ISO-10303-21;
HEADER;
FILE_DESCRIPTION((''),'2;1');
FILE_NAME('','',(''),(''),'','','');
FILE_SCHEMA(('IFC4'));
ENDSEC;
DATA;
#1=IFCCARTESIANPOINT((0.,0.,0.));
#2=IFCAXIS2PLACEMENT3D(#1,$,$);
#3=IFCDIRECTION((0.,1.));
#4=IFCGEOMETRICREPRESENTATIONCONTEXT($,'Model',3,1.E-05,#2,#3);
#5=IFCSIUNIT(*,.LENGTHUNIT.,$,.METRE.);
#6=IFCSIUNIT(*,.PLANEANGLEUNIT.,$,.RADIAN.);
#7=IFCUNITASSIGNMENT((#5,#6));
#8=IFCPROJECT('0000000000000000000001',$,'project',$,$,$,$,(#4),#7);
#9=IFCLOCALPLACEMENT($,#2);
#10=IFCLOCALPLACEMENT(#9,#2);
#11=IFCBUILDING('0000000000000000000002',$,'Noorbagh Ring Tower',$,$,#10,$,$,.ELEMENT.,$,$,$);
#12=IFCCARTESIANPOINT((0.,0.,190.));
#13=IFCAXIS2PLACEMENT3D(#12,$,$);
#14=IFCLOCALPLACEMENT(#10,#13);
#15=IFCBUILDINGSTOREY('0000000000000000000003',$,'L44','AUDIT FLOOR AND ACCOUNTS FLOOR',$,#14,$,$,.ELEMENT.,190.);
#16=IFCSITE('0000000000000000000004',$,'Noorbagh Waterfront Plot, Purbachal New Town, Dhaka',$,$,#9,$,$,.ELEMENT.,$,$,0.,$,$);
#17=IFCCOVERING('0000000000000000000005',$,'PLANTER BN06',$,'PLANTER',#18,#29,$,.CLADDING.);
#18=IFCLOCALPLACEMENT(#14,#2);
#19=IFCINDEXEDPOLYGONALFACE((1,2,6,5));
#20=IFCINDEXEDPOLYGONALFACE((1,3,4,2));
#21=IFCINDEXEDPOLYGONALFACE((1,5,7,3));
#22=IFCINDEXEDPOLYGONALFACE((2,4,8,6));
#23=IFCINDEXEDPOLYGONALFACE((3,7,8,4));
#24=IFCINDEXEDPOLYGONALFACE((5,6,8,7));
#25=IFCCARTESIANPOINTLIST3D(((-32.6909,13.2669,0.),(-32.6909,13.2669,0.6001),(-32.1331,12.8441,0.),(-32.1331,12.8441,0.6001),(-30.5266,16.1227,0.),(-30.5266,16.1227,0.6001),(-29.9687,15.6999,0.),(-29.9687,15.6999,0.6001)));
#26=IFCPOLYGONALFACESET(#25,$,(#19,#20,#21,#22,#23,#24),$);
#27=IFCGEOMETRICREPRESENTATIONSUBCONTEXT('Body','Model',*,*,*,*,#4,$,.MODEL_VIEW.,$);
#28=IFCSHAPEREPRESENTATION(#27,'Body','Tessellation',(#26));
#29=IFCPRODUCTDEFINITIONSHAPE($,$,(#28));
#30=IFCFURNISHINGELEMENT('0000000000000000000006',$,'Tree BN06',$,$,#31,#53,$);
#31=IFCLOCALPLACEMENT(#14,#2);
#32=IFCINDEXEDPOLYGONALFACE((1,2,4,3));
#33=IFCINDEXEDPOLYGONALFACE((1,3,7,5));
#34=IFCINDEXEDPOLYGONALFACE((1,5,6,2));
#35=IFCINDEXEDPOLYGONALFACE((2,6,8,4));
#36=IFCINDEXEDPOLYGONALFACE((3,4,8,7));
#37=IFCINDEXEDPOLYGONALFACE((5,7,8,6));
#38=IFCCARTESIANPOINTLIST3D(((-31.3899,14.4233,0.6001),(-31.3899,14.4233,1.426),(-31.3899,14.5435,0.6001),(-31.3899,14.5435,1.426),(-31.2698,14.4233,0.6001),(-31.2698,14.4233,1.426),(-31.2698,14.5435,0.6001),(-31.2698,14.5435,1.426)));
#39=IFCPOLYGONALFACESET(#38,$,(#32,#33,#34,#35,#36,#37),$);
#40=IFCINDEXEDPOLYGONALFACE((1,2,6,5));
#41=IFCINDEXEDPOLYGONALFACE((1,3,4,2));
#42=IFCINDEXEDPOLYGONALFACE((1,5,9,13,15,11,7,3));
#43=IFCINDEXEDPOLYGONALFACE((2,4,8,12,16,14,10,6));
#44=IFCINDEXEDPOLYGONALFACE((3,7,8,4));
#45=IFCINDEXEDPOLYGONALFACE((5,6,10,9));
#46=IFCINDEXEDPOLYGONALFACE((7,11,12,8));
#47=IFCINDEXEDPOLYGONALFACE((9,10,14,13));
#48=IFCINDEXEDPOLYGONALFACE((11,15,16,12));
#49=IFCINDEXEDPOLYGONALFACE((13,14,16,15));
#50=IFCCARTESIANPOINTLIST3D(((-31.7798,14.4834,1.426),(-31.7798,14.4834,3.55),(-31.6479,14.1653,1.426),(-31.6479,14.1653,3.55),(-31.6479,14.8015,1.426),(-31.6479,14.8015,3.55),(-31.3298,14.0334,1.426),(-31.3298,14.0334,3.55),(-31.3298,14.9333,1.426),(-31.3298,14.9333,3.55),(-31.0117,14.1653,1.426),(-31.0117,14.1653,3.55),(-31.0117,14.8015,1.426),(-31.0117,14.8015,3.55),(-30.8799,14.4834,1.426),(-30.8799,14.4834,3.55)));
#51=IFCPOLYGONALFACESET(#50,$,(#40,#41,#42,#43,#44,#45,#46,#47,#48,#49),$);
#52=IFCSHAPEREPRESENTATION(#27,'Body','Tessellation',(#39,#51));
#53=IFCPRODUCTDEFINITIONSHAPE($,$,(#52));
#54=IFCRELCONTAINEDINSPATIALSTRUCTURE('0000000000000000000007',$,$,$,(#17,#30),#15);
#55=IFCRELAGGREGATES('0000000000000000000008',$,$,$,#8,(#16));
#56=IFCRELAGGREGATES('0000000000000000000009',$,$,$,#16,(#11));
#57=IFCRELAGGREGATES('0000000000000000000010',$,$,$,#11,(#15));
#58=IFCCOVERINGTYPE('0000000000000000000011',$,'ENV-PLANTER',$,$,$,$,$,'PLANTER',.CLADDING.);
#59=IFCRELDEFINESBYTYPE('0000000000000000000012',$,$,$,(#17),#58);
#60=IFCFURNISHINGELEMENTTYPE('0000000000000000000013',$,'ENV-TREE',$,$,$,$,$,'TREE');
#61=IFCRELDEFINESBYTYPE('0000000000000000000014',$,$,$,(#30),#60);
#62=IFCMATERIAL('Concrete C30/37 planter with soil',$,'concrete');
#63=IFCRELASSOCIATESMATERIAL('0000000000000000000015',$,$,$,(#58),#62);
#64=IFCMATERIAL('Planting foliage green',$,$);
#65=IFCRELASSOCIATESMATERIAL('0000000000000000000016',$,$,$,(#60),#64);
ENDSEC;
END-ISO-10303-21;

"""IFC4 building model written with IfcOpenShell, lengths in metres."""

from ifc_helpers import new_model, si_unit, direction, frame, origin, origin_2d, place, context, subcontext, project, spatial, polyline, rectangle, outline, extrude, material, type_object, element, save


model = new_model("IFC4")

# Units and contexts
model_context = context("Model", 3, precision=1e-05, world=origin(), true_north=direction((0.0, 1.0)))
body_context = subcontext(model_context, "Body", "Model", "MODEL_VIEW")
ifc_project = project(units=[si_unit("LENGTHUNIT", "METRE"), si_unit("PLANEANGLEUNIT", "RADIAN")], contexts=[model_context])

# Site, building, storey
site_placement = place(None, origin())
site = spatial("IfcSite", under=ifc_project, at=site_placement, Name="Noorbagh Waterfront Plot, Purbachal New Town, Dhaka", CompositionType="ELEMENT", RefElevation=0.0)
building_placement = place(site_placement, origin())
building = spatial("IfcBuilding", under=site, at=building_placement, Name="Noorbagh Ring Tower", CompositionType="ELEMENT")
storey_placement = place(building_placement, frame((0.0, 0.0, 190.0)))
storey = spatial("IfcBuildingStorey", under=building, at=storey_placement, Name="L44", Description="AUDIT FLOOR AND ACCOUNTS FLOOR", CompositionType="ELEMENT", Elevation=190.0)

# Covering
ifc_material_1 = material(Name="Concrete C30/37 planter with soil", Category="concrete")
covering_type = type_object("IfcCoveringType", Name="ENV-PLANTER", ElementType="PLANTER", PredefinedType="CLADDING", material=ifc_material_1)
covering_placement = place(storey_placement, frame((-31.3298, 14.4834, 0.0), z_axis=(0.0, 0.0, 1.0), x_axis=(-0.60402, -0.796969, 0.0)))
element("IfcCovering", 1, at=covering_placement, inside=storey, type_object=covering_type, Name="PLANTER BN06", ObjectType="PLANTER", PredefinedType="CLADDING", context=body_context, shape_type="SweptSolid", body=[
    extrude(rectangle(XDim=3.5833, YDim=0.7, at=origin_2d()), origin(), (0.0, 0.0, 1.0), 0.6001),
])

# Furnishing element
ifc_material_2 = material(Name="Planting foliage green")
furnishing_element_type = type_object("IfcFurnishingElementType", Name="ENV-TREE", ElementType="TREE", material=ifc_material_2)
furnishing_placement = place(storey_placement, frame((-31.3298, 14.4834, 0.6001), z_axis=(0.0, 0.0, 1.0), x_axis=(1.0, 0.0, 0.0)))
element("IfcFurnishingElement", 2, at=furnishing_placement, inside=storey, type_object=furnishing_element_type, Name="Tree BN06", context=body_context, shape_type="SweptSolid", body=[
    extrude(rectangle(XDim=0.1201, YDim=0.1201, at=origin_2d()), origin(), (0.0, 0.0, 1.0), 0.8259),
    extrude(outline(polyline([(0.45, 0.0), (0.3181, 0.3181), (0.0, 0.45), (-0.3181, 0.3181), (-0.45, 0.0), (-0.3181, -0.3181), (0.0, -0.45), (0.3181, -0.3181), (0.45, 0.0)])), frame((0.0, 0.0, 0.8259)), (0.0, 0.0, 1.0), 2.124),
])

save(model, "model.ifc")
